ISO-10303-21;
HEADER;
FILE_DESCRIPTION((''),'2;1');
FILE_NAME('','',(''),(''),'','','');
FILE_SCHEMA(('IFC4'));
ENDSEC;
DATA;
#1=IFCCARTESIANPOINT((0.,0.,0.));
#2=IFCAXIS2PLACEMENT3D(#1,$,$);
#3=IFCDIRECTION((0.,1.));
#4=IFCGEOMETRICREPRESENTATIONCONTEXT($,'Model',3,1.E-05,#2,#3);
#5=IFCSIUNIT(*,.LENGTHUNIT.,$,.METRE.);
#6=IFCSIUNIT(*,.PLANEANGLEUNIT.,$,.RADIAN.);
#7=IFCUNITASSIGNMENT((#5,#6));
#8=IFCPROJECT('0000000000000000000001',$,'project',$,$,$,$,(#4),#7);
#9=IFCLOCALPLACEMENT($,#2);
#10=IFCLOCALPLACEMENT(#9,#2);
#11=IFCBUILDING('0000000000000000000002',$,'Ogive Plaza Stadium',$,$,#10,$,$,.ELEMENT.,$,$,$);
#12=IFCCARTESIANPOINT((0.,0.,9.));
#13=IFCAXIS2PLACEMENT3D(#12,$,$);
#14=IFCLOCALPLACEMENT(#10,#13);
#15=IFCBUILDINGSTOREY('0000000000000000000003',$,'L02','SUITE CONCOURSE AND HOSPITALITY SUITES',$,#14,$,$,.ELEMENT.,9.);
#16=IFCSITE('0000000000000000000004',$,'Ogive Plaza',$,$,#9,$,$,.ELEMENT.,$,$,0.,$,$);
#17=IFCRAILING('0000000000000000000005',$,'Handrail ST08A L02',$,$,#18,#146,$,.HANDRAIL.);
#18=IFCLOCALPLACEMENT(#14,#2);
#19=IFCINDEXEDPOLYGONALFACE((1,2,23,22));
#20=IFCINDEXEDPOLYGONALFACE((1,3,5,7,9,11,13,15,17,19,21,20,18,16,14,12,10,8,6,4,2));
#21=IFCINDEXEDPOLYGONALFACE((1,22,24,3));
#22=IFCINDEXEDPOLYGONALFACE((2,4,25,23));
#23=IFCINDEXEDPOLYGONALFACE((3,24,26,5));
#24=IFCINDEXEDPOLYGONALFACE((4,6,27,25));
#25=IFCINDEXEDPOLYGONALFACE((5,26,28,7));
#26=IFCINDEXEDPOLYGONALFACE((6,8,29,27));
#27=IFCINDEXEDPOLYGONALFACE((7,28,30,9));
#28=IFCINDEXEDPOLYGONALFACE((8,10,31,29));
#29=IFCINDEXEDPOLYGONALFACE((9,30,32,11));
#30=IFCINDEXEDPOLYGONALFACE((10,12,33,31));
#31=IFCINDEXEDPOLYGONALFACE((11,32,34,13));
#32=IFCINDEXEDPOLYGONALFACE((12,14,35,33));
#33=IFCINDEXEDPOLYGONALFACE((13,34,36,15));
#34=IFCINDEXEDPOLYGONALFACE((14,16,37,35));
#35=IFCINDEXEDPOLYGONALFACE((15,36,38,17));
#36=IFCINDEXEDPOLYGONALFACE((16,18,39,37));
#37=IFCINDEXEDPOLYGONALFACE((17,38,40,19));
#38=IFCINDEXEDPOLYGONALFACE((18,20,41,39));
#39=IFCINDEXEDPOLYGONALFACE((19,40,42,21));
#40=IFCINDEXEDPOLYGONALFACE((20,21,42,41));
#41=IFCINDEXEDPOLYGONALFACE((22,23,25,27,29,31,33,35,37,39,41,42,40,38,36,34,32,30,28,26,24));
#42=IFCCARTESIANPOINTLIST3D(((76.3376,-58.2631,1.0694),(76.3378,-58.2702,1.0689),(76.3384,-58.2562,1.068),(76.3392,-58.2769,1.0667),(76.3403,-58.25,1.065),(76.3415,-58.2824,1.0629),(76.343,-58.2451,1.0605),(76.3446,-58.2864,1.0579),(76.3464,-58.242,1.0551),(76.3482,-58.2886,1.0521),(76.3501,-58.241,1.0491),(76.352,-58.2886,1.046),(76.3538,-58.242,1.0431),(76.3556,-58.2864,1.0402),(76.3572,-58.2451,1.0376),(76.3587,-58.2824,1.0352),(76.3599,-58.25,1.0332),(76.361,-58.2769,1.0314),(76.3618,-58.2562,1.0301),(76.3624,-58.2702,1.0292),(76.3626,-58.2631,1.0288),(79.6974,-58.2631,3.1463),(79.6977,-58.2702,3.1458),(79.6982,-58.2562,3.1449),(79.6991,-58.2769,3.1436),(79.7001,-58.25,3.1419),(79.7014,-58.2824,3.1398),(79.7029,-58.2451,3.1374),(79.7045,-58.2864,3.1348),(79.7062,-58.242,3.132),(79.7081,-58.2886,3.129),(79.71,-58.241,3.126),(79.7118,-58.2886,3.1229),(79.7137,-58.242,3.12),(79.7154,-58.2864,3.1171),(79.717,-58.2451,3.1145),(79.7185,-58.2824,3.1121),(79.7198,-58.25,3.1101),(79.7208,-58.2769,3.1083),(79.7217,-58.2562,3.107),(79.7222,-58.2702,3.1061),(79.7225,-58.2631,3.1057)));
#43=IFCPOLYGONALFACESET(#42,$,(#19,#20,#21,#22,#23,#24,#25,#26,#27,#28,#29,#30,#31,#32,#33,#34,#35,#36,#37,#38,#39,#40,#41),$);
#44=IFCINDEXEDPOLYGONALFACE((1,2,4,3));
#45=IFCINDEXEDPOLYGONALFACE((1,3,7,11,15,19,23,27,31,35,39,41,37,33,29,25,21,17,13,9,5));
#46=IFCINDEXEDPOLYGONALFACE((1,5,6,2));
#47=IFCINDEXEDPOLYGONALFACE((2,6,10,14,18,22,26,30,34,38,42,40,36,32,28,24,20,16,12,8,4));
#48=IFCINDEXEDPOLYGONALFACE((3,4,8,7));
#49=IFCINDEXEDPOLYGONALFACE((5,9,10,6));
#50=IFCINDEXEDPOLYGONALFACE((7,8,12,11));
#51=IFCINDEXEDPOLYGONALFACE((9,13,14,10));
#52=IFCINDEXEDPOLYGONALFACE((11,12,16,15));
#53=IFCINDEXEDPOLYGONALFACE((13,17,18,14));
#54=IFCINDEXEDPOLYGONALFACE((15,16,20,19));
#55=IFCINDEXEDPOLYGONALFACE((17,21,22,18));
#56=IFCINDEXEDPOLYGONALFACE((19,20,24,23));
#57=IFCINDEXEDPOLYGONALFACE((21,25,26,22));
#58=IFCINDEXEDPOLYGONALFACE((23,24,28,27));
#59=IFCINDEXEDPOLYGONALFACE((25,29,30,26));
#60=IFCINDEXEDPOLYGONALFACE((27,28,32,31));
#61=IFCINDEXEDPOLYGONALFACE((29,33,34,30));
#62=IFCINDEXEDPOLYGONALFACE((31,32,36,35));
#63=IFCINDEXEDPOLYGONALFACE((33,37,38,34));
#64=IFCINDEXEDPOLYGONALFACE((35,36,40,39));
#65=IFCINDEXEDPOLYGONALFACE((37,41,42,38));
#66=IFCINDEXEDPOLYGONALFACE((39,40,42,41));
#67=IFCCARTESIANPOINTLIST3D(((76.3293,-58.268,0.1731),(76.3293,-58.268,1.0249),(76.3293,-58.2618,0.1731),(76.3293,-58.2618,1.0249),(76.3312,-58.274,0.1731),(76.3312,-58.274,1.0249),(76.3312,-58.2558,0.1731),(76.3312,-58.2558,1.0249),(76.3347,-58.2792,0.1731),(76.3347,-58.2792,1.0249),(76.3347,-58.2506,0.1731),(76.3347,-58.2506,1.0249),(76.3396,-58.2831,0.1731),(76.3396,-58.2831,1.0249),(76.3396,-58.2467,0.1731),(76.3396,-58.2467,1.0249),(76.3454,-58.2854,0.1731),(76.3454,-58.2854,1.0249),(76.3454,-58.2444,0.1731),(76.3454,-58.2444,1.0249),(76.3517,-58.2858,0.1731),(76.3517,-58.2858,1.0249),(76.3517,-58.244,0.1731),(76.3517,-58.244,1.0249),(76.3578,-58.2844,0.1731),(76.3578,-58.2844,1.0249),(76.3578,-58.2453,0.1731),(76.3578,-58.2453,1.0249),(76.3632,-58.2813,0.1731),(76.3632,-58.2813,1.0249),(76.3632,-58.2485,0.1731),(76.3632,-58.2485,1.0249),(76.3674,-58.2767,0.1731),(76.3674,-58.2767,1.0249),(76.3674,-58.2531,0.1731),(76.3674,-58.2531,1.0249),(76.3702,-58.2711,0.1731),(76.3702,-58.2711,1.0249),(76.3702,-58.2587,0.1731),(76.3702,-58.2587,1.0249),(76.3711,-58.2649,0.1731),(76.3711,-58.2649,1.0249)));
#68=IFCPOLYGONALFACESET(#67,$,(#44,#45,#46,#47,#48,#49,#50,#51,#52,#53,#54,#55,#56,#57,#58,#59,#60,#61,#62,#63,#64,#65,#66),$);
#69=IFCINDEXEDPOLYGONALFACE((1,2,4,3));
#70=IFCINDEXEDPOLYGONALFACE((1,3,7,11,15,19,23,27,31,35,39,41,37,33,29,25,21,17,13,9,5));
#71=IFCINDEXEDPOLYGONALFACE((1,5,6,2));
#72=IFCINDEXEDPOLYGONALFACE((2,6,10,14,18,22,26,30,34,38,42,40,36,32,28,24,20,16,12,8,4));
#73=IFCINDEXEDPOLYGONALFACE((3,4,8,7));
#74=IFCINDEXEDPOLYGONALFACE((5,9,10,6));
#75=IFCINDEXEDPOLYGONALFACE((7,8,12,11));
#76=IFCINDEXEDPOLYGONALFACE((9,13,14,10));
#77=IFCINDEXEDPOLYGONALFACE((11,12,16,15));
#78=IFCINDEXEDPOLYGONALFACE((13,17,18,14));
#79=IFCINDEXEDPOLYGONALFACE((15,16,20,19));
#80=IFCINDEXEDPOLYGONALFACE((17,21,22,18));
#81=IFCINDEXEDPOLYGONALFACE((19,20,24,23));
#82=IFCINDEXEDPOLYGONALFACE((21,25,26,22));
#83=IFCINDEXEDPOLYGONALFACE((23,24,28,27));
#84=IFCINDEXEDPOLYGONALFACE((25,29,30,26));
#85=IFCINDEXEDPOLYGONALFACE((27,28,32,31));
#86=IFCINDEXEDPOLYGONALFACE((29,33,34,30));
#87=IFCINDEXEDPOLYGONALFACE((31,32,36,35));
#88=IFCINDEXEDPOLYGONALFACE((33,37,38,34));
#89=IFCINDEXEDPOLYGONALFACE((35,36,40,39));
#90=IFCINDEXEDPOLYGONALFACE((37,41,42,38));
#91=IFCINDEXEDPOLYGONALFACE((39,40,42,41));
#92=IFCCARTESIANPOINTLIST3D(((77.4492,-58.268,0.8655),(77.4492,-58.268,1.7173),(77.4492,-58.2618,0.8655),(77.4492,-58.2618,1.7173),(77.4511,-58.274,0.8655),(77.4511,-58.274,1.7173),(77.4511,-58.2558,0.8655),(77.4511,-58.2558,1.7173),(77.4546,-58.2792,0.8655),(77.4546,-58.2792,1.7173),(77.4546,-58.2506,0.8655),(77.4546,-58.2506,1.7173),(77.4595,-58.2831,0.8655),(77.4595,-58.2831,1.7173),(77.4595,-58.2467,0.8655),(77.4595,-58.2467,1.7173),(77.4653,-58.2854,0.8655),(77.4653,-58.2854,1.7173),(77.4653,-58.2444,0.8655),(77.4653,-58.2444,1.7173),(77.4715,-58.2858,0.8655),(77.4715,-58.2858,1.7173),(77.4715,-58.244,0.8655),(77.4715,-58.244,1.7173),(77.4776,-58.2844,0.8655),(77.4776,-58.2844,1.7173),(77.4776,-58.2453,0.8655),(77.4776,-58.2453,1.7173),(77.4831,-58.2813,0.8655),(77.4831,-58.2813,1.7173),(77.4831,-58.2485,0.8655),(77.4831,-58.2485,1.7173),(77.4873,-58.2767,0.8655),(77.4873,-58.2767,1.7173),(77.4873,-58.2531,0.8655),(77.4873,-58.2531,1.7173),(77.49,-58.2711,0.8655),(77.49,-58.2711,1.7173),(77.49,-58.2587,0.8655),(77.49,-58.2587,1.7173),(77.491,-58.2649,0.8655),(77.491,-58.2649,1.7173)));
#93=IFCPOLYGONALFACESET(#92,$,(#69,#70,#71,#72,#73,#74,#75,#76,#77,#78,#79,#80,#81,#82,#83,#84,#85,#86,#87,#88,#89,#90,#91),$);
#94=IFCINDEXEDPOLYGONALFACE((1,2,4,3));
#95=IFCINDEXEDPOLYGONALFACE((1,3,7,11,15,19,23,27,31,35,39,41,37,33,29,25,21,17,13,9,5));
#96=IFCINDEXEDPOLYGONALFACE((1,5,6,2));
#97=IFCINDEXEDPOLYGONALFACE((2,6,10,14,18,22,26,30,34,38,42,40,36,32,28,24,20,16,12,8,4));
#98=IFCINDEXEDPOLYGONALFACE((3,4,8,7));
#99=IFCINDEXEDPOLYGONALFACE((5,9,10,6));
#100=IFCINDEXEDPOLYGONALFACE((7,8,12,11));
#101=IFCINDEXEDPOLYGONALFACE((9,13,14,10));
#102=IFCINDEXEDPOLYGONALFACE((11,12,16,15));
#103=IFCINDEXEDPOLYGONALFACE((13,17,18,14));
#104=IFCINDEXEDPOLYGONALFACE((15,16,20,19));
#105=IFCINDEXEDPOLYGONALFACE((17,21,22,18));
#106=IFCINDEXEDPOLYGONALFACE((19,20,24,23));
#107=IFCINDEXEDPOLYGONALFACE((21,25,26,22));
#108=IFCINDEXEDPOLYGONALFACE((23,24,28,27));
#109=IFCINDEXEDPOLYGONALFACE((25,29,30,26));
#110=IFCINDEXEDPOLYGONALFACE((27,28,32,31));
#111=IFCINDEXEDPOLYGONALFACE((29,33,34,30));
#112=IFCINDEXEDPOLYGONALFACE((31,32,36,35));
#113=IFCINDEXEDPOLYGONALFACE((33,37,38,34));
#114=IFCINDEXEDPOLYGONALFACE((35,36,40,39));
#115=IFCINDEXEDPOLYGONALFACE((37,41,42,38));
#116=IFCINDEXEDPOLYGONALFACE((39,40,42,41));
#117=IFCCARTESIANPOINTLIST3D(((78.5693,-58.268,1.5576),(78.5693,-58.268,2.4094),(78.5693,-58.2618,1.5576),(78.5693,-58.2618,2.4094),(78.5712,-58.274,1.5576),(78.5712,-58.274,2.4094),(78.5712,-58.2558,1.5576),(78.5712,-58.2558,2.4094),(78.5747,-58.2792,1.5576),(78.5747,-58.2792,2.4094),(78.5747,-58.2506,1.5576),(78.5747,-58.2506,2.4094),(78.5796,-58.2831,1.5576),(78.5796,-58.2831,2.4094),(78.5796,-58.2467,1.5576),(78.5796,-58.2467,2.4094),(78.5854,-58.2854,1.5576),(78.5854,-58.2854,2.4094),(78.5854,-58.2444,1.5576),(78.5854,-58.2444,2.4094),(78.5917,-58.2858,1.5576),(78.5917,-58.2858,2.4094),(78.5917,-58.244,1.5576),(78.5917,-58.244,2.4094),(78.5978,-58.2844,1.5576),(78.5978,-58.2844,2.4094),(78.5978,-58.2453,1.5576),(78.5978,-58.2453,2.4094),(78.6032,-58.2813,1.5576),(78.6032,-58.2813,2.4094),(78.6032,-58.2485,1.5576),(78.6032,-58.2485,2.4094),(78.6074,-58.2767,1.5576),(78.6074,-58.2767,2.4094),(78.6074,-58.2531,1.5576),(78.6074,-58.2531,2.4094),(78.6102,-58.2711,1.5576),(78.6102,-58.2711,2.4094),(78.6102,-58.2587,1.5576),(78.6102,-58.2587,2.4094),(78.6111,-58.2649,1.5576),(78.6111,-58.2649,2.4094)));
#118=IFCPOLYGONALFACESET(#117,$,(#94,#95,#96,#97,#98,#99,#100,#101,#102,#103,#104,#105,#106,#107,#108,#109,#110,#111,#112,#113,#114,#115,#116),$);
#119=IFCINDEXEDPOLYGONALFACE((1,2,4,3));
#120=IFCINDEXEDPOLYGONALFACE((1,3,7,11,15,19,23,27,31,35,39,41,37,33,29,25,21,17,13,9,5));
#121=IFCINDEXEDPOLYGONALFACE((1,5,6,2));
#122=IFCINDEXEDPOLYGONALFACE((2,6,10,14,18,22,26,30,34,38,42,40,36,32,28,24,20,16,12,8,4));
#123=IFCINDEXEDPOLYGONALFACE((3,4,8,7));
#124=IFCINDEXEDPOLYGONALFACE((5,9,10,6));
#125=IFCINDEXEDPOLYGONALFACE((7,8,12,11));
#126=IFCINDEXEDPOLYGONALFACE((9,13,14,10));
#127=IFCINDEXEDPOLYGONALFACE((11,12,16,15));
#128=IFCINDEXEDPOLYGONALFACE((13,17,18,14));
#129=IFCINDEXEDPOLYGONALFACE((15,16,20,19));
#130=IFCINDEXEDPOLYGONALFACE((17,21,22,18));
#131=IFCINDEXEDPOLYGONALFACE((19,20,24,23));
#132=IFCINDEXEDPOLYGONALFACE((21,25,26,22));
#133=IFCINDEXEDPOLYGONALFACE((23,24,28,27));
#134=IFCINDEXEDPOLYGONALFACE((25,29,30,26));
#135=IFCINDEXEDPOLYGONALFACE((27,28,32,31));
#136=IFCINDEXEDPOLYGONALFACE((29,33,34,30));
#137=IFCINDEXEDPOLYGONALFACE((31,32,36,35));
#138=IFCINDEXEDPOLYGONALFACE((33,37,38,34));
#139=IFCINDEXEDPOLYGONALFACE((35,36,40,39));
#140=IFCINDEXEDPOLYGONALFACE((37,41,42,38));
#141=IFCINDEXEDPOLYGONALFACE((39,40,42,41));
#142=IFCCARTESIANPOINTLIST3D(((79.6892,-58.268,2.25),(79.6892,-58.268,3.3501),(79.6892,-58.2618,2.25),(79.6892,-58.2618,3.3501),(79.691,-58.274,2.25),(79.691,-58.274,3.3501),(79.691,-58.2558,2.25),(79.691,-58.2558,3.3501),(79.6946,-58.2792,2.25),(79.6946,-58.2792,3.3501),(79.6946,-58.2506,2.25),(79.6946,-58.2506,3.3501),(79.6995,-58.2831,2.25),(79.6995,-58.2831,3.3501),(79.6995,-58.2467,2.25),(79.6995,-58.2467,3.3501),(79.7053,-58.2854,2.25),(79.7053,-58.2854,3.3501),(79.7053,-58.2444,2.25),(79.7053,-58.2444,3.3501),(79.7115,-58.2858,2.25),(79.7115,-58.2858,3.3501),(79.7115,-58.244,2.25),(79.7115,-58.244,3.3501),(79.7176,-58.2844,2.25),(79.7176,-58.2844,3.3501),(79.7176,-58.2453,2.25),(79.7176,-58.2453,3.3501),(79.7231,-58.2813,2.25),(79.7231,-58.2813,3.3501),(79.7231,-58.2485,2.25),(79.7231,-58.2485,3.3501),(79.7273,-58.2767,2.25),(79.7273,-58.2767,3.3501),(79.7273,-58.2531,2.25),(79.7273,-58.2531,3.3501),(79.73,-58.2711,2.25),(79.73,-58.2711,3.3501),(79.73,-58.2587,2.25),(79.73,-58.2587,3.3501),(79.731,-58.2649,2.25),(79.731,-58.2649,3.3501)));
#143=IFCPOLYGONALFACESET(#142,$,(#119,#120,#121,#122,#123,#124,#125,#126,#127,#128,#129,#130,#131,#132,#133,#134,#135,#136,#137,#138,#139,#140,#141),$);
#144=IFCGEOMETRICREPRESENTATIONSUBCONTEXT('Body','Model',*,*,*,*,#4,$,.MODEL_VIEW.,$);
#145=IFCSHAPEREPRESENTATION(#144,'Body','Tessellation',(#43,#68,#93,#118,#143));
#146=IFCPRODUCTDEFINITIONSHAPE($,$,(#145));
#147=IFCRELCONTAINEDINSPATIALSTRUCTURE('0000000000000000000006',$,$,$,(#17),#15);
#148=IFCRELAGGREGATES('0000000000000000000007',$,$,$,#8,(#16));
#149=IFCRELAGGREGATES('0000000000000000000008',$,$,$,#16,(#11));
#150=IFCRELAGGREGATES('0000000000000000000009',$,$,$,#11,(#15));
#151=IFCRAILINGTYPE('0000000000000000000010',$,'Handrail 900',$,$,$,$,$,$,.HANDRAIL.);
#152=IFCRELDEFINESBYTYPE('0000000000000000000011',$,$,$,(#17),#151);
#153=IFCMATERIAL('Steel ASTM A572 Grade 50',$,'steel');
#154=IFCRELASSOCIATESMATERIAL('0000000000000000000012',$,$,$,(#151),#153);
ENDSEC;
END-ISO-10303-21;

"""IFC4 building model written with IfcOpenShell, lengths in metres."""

from ifc_helpers import new_model, si_unit, direction, frame, origin, origin_2d, place, context, subcontext, project, spatial, circle, extrude, material, type_object, element, save


model = new_model("IFC4")

# Units and contexts
model_context = context("Model", 3, precision=1e-05, world=origin(), true_north=direction((0.0, 1.0)))
body_context = subcontext(model_context, "Body", "Model", "MODEL_VIEW")
ifc_project = project(units=[si_unit("LENGTHUNIT", "METRE"), si_unit("PLANEANGLEUNIT", "RADIAN")], contexts=[model_context])

# Site, building, storey
site_placement = place(None, origin())
site = spatial("IfcSite", under=ifc_project, at=site_placement, Name="Ogive Plaza", CompositionType="ELEMENT", RefElevation=0.0)
building_placement = place(site_placement, origin())
building = spatial("IfcBuilding", under=site, at=building_placement, Name="Ogive Plaza Stadium", CompositionType="ELEMENT")
storey_placement = place(building_placement, frame((0.0, 0.0, 9.0)))
storey = spatial("IfcBuildingStorey", under=building, at=storey_placement, Name="L02", Description="SUITE CONCOURSE AND HOSPITALITY SUITES", CompositionType="ELEMENT", Elevation=9.0)

# Railing
ifc_material_1 = material(Name="Steel ASTM A572 Grade 50", Category="steel")
railing_type_1 = type_object("IfcRailingType", Name="Handrail 900", PredefinedType="HANDRAIL", material=ifc_material_1)
for number, where, name in (
    (1, (76.3501, -58.2649, 0.1731), "Handrail ST08A L02"),
):
    element("IfcRailing", number, at=place(storey_placement, frame(where)), inside=storey, type_object=railing_type_1, Name=name, PredefinedType="HANDRAIL", context=body_context, shape_type="SweptSolid", body=[
        extrude(circle(Radius=0.0239, at=origin_2d()), frame((0.0, 0.0, 0.876), z_axis=(0.850606, 0.0, 0.525803), x_axis=(0.0, 1.0, 0.0)), (0.0, 0.0, 1.0), 3.95),
        extrude(circle(Radius=0.021, at=origin_2d()), origin(), (0.0, 0.0, 1.0), 0.8518),
        extrude(circle(Radius=0.021, at=origin_2d()), frame((1.1199, 0.0, 0.6924)), (0.0, 0.0, 1.0), 0.8518),
        extrude(circle(Radius=0.021, at=origin_2d()), frame((2.24, 0.0, 1.3845)), (0.0, 0.0, 1.0), 0.8518),
        extrude(circle(Radius=0.021, at=origin_2d()), frame((3.3599, 0.0, 2.0769)), (0.0, 0.0, 1.0), 1.1001),
    ])

save(model, "model.ifc")
